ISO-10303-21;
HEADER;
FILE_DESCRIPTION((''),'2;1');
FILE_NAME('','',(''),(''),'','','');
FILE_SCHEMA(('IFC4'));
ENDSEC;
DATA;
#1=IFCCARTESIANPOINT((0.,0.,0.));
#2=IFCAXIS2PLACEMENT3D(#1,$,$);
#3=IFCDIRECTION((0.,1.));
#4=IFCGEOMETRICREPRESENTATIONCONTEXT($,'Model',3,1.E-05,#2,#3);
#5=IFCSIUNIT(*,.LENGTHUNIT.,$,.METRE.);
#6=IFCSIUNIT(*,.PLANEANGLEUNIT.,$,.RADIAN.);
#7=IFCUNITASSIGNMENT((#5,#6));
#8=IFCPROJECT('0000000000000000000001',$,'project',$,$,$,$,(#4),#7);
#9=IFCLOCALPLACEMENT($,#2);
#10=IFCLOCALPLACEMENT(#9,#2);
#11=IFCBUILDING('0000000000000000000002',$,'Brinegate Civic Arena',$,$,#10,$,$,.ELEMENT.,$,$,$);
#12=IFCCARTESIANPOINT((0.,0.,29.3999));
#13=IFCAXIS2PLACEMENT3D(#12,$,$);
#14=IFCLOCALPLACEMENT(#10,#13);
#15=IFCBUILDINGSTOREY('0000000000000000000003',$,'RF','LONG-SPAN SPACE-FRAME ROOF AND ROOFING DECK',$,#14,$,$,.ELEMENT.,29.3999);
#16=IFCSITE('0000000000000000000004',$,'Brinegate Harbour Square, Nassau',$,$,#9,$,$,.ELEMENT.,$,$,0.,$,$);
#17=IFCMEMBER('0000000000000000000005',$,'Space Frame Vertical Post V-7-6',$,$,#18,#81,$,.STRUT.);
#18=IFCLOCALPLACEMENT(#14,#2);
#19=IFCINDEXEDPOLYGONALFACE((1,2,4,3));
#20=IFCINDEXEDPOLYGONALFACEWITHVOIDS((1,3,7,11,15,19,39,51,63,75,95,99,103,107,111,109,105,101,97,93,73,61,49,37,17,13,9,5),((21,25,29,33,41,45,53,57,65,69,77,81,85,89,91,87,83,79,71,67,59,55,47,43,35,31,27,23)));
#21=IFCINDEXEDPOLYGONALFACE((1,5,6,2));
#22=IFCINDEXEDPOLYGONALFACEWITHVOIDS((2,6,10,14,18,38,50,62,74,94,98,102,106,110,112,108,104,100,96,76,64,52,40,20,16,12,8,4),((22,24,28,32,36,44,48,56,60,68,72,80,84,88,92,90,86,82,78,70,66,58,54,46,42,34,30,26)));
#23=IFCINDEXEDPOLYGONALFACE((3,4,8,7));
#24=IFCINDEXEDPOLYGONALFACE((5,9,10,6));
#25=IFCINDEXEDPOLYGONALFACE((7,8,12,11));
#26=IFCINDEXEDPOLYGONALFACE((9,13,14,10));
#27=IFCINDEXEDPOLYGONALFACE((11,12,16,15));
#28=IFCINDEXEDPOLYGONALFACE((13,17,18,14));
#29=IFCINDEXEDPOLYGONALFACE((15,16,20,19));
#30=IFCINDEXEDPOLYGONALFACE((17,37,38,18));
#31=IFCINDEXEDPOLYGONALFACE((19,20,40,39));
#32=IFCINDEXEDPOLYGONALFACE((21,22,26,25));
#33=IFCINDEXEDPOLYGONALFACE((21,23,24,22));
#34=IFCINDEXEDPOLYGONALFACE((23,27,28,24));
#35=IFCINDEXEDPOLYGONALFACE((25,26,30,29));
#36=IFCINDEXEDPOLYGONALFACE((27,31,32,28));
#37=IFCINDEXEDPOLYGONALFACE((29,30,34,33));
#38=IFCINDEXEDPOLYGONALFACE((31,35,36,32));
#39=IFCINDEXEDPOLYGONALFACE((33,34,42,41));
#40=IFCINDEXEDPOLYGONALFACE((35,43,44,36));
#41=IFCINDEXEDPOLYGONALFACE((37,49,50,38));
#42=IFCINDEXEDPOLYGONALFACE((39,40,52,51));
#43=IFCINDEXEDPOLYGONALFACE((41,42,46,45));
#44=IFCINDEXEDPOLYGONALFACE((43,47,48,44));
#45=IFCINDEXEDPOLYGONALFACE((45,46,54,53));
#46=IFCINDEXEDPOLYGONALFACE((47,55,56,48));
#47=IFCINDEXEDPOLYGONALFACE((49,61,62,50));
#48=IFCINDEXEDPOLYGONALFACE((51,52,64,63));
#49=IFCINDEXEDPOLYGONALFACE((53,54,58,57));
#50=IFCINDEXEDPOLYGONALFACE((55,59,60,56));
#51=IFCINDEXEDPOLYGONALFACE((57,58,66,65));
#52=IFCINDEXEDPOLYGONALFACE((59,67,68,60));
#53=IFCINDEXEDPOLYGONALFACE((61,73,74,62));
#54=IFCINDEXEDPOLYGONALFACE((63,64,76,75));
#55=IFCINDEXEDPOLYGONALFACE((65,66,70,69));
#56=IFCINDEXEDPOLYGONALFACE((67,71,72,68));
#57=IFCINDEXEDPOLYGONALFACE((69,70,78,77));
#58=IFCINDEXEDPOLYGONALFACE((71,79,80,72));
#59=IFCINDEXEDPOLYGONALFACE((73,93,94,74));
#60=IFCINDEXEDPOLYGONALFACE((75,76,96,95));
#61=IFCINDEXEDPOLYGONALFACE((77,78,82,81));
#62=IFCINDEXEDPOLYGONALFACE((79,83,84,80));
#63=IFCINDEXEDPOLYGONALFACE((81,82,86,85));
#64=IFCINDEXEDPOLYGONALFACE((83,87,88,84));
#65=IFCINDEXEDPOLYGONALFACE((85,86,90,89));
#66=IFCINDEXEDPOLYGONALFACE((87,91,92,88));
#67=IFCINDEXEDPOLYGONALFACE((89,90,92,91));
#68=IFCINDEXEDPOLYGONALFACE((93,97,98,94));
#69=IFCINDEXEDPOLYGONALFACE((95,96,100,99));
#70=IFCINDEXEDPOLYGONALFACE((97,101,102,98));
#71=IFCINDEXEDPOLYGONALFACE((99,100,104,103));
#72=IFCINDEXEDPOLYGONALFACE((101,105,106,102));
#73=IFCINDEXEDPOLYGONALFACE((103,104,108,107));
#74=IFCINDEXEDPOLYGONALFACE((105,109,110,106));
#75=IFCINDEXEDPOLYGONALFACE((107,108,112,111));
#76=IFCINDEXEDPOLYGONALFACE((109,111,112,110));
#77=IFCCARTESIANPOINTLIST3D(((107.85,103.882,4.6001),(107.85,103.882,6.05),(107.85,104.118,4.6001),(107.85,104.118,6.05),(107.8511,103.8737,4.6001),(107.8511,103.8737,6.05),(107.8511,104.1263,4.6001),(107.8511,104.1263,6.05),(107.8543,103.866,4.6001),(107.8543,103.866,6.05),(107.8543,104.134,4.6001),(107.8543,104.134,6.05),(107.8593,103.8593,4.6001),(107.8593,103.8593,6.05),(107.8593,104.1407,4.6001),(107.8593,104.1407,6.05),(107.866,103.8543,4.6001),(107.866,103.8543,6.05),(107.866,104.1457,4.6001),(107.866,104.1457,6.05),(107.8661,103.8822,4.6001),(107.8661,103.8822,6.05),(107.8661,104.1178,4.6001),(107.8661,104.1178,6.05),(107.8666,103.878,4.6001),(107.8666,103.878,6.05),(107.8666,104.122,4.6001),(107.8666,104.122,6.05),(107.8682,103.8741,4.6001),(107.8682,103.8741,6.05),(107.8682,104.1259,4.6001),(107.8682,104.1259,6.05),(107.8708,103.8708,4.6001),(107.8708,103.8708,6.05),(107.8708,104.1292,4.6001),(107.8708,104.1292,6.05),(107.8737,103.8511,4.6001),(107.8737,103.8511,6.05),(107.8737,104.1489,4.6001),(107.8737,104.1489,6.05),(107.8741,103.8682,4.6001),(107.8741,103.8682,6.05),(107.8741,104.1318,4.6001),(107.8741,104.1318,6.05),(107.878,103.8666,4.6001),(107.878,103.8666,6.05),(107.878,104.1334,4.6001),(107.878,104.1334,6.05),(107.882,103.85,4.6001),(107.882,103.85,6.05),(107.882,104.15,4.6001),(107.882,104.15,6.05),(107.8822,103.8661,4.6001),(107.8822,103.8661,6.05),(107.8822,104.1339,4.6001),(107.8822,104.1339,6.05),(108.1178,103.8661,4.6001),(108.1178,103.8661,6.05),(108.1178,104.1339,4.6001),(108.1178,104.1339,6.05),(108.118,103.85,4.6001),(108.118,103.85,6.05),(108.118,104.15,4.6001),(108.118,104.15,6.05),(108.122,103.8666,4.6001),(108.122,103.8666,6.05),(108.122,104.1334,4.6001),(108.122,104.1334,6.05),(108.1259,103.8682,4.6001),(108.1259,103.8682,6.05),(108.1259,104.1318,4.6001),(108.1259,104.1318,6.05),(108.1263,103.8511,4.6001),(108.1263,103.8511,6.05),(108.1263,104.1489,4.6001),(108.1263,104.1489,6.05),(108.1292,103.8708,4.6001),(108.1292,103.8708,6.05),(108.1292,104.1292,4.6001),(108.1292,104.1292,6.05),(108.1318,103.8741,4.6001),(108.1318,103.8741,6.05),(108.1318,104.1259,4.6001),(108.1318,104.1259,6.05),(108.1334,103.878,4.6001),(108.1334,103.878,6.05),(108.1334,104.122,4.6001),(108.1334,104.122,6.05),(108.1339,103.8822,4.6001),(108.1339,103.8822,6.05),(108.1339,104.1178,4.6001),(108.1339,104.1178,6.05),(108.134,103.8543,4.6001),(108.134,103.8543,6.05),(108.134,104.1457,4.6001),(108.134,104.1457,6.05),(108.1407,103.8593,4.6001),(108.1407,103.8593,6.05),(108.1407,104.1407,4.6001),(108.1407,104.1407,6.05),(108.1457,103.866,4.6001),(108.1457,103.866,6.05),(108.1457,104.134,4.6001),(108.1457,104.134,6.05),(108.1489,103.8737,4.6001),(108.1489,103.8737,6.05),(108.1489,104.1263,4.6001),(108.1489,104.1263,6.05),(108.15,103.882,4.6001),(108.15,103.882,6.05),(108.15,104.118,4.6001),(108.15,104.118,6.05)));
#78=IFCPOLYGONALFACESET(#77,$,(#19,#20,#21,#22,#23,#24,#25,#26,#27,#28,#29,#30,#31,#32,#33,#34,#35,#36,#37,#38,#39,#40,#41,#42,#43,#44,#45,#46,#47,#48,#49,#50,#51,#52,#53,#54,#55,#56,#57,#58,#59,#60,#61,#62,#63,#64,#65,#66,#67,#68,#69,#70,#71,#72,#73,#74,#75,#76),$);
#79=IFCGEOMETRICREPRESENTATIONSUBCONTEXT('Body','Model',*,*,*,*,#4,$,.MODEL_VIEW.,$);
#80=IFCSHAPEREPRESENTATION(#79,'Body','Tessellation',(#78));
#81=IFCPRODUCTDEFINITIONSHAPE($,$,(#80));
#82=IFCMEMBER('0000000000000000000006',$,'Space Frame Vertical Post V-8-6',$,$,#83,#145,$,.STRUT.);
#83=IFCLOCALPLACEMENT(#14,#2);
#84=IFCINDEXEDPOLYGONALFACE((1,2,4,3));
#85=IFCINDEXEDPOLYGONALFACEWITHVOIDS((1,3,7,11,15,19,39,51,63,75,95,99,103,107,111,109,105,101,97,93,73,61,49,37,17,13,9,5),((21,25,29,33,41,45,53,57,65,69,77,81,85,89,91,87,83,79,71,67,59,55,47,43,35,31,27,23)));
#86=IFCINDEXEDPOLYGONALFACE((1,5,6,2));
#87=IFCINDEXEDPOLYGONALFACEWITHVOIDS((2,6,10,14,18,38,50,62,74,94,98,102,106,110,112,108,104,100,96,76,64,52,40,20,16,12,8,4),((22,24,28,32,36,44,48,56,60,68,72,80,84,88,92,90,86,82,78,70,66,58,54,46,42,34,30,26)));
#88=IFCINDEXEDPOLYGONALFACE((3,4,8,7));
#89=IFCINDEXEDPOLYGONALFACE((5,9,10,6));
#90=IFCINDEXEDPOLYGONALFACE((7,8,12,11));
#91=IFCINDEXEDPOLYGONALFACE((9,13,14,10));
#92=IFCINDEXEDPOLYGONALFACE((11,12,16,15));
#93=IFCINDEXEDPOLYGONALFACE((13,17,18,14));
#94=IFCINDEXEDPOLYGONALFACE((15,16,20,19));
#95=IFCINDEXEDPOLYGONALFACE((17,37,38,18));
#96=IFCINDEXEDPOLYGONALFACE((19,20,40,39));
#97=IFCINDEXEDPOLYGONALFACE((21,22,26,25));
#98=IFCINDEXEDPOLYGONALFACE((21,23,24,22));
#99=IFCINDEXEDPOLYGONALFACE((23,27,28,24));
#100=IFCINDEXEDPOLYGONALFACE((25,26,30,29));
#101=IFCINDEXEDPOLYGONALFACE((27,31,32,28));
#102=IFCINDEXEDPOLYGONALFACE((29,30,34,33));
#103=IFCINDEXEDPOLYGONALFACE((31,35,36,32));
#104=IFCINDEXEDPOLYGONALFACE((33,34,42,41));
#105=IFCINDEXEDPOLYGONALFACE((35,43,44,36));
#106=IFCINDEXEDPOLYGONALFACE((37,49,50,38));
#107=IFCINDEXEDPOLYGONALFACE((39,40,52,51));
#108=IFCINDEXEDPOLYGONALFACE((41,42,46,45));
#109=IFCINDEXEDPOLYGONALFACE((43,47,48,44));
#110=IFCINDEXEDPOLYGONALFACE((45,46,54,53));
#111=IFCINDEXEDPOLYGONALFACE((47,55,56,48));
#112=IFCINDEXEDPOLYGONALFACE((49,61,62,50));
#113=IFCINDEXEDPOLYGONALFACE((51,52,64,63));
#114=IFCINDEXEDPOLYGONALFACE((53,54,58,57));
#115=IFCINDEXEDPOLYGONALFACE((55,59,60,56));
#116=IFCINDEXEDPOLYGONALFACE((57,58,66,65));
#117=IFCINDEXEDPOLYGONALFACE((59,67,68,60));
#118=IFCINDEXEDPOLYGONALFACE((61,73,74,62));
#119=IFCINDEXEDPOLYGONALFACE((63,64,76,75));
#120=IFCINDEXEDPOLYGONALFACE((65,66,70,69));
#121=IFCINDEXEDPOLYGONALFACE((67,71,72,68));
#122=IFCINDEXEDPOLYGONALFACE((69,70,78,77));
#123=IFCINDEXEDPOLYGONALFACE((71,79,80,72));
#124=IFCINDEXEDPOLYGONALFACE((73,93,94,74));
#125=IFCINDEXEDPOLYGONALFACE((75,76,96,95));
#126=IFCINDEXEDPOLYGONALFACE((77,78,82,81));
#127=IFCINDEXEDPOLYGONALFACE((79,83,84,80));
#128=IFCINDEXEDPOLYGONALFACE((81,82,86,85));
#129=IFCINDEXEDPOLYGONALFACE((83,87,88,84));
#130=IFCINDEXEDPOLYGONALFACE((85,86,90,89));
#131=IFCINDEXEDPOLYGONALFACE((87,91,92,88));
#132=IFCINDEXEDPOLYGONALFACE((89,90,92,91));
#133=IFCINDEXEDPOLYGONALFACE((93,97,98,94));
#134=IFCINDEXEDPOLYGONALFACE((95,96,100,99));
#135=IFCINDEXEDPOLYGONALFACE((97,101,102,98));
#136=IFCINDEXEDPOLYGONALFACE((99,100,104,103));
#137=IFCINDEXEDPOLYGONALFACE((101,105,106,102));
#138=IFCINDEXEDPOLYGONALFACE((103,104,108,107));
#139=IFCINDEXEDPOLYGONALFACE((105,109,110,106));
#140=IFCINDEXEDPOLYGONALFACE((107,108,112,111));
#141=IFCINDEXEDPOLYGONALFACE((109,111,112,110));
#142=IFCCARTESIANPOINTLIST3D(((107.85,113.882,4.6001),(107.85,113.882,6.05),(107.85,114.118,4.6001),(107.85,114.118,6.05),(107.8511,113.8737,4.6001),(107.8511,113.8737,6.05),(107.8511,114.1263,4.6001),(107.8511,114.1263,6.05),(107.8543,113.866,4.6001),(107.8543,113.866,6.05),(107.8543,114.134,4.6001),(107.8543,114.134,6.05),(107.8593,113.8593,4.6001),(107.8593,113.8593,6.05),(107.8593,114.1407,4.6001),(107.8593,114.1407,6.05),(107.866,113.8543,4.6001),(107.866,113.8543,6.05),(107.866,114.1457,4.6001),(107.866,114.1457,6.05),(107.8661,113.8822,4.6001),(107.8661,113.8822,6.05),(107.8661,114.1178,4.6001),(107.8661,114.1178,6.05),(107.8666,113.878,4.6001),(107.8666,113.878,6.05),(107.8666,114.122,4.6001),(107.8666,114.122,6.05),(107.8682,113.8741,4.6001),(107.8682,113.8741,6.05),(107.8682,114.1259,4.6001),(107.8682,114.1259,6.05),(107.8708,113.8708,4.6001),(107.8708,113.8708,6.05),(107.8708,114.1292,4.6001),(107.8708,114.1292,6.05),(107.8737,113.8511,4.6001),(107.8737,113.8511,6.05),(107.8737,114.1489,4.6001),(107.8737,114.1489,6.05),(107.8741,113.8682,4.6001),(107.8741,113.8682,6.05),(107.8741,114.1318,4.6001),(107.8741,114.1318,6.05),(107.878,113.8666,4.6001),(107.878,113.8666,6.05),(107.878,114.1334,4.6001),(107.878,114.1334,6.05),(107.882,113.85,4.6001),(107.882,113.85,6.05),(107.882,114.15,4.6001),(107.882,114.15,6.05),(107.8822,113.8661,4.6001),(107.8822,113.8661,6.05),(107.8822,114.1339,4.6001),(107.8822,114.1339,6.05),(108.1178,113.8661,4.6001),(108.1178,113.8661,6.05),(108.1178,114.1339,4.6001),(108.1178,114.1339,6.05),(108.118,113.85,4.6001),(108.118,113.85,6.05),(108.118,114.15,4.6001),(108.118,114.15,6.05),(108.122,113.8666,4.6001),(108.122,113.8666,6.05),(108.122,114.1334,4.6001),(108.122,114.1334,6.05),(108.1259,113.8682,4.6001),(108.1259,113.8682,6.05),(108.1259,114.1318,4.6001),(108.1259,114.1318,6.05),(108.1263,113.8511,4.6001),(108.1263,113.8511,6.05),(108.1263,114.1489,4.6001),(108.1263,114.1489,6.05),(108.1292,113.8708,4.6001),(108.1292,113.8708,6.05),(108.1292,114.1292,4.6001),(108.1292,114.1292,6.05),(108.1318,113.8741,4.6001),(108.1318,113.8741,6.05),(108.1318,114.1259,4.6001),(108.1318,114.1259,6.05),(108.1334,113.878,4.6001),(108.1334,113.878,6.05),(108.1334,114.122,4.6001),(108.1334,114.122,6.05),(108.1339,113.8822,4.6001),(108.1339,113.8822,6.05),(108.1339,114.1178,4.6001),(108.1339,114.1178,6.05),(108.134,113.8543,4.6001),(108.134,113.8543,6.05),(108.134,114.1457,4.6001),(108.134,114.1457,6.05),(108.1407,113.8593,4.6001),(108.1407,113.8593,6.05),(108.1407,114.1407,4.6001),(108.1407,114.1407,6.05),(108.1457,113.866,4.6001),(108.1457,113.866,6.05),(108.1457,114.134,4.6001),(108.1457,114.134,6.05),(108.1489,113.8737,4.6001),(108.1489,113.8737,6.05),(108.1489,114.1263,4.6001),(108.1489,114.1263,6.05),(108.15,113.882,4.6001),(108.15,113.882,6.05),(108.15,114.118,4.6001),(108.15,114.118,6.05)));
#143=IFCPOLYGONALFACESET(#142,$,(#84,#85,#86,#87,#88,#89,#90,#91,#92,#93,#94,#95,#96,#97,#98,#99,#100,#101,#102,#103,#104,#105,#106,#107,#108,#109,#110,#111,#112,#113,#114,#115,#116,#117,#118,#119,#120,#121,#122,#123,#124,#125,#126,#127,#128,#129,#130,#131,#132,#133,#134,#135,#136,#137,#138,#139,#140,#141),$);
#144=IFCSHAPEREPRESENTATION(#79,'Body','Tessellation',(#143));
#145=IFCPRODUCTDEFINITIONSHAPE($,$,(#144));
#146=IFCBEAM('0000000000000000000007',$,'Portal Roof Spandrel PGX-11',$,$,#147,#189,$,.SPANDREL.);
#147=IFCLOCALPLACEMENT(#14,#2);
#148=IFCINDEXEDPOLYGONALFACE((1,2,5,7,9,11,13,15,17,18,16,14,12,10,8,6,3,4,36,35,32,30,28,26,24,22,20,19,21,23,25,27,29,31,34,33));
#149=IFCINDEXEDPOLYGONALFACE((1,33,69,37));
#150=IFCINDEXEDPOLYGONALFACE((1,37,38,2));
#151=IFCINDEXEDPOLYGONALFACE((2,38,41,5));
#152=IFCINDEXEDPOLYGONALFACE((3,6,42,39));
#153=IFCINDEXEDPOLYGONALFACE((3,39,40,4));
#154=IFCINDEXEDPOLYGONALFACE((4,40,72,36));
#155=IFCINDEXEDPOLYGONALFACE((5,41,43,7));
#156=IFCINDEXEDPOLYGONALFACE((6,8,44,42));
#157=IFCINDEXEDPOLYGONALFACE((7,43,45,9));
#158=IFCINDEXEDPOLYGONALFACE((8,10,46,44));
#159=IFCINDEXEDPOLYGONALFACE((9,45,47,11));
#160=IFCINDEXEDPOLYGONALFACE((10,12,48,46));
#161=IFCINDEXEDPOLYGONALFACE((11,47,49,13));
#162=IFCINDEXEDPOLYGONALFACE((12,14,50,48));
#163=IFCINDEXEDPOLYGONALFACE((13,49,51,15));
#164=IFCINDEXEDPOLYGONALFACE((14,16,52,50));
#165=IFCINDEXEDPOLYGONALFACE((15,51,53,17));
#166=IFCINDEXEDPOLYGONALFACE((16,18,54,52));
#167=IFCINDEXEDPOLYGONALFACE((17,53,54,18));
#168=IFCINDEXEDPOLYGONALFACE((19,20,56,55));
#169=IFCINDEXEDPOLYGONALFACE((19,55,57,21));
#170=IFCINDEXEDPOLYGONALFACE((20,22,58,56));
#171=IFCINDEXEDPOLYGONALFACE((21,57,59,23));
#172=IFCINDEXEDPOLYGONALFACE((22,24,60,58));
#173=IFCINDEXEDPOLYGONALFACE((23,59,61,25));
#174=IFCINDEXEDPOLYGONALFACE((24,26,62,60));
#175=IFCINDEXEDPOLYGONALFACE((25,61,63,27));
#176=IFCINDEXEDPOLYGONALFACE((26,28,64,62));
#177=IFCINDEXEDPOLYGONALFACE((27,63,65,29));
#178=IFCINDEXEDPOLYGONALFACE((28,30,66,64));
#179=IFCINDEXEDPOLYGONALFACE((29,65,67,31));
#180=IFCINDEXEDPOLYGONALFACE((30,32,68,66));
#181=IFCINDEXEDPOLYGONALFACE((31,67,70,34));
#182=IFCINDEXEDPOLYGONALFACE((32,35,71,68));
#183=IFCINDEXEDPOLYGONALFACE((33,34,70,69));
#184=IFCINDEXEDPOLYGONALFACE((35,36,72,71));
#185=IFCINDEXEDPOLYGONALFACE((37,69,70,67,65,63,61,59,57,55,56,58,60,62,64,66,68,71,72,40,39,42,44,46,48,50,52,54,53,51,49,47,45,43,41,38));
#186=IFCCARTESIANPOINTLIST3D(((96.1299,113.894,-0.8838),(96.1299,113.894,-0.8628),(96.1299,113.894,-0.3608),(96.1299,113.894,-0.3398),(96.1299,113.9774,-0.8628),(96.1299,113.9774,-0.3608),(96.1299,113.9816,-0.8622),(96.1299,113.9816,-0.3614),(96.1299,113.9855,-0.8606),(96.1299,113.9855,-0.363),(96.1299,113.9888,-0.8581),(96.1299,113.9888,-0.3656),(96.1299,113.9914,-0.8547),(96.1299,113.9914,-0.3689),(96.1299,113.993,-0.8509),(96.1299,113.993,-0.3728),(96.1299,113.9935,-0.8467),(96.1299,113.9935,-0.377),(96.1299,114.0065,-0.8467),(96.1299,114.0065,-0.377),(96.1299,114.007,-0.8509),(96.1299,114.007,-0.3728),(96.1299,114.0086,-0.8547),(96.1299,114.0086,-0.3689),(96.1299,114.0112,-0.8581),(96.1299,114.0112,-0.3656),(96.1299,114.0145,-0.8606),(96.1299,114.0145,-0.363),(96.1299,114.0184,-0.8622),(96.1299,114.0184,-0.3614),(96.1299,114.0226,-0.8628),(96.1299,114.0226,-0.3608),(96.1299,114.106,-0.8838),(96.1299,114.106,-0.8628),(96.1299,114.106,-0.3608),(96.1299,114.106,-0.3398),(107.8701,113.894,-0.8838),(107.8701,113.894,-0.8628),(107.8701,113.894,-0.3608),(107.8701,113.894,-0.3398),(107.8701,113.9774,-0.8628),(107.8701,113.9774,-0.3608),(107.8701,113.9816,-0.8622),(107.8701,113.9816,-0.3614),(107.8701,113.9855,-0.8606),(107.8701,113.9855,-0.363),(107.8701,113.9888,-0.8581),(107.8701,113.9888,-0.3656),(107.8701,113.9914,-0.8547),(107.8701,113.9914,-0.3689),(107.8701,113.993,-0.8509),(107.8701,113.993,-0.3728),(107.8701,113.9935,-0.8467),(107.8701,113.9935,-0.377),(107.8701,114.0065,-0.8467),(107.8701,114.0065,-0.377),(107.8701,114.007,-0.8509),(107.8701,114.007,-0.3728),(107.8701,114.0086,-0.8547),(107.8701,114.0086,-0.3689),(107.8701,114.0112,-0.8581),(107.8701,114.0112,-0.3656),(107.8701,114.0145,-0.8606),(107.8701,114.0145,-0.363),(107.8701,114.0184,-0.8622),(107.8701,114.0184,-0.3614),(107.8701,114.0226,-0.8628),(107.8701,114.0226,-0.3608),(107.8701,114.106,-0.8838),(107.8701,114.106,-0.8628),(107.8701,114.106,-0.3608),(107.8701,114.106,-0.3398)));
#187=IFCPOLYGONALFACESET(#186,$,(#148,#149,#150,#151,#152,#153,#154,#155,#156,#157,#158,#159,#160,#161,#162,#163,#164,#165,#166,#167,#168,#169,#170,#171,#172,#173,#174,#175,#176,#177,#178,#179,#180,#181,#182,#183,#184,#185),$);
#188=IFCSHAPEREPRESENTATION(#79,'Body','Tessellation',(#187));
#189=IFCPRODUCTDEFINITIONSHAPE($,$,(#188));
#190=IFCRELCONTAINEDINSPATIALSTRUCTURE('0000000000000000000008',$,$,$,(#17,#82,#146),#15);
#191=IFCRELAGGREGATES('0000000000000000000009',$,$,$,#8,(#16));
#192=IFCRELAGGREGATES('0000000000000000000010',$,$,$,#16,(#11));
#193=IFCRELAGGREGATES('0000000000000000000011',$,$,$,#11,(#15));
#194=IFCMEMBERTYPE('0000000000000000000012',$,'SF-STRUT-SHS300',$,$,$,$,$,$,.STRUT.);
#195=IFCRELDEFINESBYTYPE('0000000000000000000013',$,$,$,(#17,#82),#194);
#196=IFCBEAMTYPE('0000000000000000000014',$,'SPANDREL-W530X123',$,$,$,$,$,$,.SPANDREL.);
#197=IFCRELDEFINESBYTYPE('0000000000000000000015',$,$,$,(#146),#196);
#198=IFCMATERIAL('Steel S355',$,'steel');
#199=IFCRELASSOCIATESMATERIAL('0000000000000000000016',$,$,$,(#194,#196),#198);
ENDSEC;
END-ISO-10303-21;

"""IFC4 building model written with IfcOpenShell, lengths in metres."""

from ifc_helpers import new_model, si_unit, direction, frame, origin, origin_2d, place, context, subcontext, project, spatial, hollow_rectangle, i_section, extrude, material, material_profile, profile_set, type_object, element, save


model = new_model("IFC4")

# Units and contexts
model_context = context("Model", 3, precision=1e-05, world=origin(), true_north=direction((0.0, 1.0)))
body_context = subcontext(model_context, "Body", "Model", "MODEL_VIEW")
ifc_project = project(units=[si_unit("LENGTHUNIT", "METRE"), si_unit("PLANEANGLEUNIT", "RADIAN")], contexts=[model_context])

# Site, building, storey
site_placement = place(None, origin())
site = spatial("IfcSite", under=ifc_project, at=site_placement, Name="Brinegate Harbour Square, Nassau", CompositionType="ELEMENT", RefElevation=0.0)
building_placement = place(site_placement, origin())
building = spatial("IfcBuilding", under=site, at=building_placement, Name="Brinegate Civic Arena", CompositionType="ELEMENT")
storey_placement = place(building_placement, frame((0.0, 0.0, 29.3999)))
storey = spatial("IfcBuildingStorey", under=building, at=storey_placement, Name="RF", Description="LONG-SPAN SPACE-FRAME ROOF AND ROOFING DECK", CompositionType="ELEMENT", Elevation=29.3999)

# Shared definitions
ifc_material_1 = material(Name="Steel S355", Category="steel")

# Members
ifc_material_profile_1 = material_profile(ifc_material_1, hollow_rectangle(XDim=0.3, YDim=0.3, WallThickness=0.0161, InnerFilletRadius=0.0161, OuterFilletRadius=0.032, at=origin_2d()), Name="SHS300X16")
ifc_profile_set_1 = profile_set([ifc_material_profile_1], Name="Steel S355")
member_type_1 = type_object("IfcMemberType", Name="SF-STRUT-SHS300", PredefinedType="STRUT", material=ifc_profile_set_1)
for number, where, z_axis, x_axis, name in (
    (1, (108.0, 104.0, 4.6001), (0.0, 0.0, 1.0), (1.0, 0.0, 0.0), "Space Frame Vertical Post V-7-6"),
    (2, (108.0, 114.0, 4.6001), (0.0, 0.0, 1.0), (1.0, 0.0, 0.0), "Space Frame Vertical Post V-8-6"),
):
    element("IfcMember", number, at=place(storey_placement, frame(where, z_axis=z_axis, x_axis=x_axis)), inside=storey, type_object=member_type_1, Name=name, PredefinedType="STRUT", context=body_context, shape_type="SweptSolid", body=[
        extrude(hollow_rectangle(XDim=0.3, YDim=0.3, WallThickness=0.0161, InnerFilletRadius=0.0161, OuterFilletRadius=0.032, at=origin_2d()), origin(), (0.0, 0.0, 1.0), 1.45),
    ])

# Beam
ifc_material_profile_2 = material_profile(ifc_material_1, i_section(OverallWidth=0.2119, OverallDepth=0.5439, WebThickness=0.0129, FlangeThickness=0.021, FilletRadius=0.0161, at=origin_2d()), Name="W530X123")
ifc_profile_set_2 = profile_set([ifc_material_profile_2], Name="Steel S355")
beam_type_1 = type_object("IfcBeamType", Name="SPANDREL-W530X123", PredefinedType="SPANDREL", material=ifc_profile_set_2)
for number, where, z_axis, x_axis, name in (
    (3, (96.1299, 114.0, -0.6118), (1.0, 0.0, 0.0), (0.0, 1.0, 0.0), "Portal Roof Spandrel PGX-11"),
):
    element("IfcBeam", number, at=place(storey_placement, frame(where, z_axis=z_axis, x_axis=x_axis)), inside=storey, type_object=beam_type_1, Name=name, PredefinedType="SPANDREL", context=body_context, shape_type="SweptSolid", body=[
        extrude(i_section(OverallWidth=0.2119, OverallDepth=0.5439, WebThickness=0.0129, FlangeThickness=0.021, FilletRadius=0.0161, at=origin_2d()), origin(), (0.0, 0.0, 1.0), 11.7402),
    ])

save(model, "model.ifc")
